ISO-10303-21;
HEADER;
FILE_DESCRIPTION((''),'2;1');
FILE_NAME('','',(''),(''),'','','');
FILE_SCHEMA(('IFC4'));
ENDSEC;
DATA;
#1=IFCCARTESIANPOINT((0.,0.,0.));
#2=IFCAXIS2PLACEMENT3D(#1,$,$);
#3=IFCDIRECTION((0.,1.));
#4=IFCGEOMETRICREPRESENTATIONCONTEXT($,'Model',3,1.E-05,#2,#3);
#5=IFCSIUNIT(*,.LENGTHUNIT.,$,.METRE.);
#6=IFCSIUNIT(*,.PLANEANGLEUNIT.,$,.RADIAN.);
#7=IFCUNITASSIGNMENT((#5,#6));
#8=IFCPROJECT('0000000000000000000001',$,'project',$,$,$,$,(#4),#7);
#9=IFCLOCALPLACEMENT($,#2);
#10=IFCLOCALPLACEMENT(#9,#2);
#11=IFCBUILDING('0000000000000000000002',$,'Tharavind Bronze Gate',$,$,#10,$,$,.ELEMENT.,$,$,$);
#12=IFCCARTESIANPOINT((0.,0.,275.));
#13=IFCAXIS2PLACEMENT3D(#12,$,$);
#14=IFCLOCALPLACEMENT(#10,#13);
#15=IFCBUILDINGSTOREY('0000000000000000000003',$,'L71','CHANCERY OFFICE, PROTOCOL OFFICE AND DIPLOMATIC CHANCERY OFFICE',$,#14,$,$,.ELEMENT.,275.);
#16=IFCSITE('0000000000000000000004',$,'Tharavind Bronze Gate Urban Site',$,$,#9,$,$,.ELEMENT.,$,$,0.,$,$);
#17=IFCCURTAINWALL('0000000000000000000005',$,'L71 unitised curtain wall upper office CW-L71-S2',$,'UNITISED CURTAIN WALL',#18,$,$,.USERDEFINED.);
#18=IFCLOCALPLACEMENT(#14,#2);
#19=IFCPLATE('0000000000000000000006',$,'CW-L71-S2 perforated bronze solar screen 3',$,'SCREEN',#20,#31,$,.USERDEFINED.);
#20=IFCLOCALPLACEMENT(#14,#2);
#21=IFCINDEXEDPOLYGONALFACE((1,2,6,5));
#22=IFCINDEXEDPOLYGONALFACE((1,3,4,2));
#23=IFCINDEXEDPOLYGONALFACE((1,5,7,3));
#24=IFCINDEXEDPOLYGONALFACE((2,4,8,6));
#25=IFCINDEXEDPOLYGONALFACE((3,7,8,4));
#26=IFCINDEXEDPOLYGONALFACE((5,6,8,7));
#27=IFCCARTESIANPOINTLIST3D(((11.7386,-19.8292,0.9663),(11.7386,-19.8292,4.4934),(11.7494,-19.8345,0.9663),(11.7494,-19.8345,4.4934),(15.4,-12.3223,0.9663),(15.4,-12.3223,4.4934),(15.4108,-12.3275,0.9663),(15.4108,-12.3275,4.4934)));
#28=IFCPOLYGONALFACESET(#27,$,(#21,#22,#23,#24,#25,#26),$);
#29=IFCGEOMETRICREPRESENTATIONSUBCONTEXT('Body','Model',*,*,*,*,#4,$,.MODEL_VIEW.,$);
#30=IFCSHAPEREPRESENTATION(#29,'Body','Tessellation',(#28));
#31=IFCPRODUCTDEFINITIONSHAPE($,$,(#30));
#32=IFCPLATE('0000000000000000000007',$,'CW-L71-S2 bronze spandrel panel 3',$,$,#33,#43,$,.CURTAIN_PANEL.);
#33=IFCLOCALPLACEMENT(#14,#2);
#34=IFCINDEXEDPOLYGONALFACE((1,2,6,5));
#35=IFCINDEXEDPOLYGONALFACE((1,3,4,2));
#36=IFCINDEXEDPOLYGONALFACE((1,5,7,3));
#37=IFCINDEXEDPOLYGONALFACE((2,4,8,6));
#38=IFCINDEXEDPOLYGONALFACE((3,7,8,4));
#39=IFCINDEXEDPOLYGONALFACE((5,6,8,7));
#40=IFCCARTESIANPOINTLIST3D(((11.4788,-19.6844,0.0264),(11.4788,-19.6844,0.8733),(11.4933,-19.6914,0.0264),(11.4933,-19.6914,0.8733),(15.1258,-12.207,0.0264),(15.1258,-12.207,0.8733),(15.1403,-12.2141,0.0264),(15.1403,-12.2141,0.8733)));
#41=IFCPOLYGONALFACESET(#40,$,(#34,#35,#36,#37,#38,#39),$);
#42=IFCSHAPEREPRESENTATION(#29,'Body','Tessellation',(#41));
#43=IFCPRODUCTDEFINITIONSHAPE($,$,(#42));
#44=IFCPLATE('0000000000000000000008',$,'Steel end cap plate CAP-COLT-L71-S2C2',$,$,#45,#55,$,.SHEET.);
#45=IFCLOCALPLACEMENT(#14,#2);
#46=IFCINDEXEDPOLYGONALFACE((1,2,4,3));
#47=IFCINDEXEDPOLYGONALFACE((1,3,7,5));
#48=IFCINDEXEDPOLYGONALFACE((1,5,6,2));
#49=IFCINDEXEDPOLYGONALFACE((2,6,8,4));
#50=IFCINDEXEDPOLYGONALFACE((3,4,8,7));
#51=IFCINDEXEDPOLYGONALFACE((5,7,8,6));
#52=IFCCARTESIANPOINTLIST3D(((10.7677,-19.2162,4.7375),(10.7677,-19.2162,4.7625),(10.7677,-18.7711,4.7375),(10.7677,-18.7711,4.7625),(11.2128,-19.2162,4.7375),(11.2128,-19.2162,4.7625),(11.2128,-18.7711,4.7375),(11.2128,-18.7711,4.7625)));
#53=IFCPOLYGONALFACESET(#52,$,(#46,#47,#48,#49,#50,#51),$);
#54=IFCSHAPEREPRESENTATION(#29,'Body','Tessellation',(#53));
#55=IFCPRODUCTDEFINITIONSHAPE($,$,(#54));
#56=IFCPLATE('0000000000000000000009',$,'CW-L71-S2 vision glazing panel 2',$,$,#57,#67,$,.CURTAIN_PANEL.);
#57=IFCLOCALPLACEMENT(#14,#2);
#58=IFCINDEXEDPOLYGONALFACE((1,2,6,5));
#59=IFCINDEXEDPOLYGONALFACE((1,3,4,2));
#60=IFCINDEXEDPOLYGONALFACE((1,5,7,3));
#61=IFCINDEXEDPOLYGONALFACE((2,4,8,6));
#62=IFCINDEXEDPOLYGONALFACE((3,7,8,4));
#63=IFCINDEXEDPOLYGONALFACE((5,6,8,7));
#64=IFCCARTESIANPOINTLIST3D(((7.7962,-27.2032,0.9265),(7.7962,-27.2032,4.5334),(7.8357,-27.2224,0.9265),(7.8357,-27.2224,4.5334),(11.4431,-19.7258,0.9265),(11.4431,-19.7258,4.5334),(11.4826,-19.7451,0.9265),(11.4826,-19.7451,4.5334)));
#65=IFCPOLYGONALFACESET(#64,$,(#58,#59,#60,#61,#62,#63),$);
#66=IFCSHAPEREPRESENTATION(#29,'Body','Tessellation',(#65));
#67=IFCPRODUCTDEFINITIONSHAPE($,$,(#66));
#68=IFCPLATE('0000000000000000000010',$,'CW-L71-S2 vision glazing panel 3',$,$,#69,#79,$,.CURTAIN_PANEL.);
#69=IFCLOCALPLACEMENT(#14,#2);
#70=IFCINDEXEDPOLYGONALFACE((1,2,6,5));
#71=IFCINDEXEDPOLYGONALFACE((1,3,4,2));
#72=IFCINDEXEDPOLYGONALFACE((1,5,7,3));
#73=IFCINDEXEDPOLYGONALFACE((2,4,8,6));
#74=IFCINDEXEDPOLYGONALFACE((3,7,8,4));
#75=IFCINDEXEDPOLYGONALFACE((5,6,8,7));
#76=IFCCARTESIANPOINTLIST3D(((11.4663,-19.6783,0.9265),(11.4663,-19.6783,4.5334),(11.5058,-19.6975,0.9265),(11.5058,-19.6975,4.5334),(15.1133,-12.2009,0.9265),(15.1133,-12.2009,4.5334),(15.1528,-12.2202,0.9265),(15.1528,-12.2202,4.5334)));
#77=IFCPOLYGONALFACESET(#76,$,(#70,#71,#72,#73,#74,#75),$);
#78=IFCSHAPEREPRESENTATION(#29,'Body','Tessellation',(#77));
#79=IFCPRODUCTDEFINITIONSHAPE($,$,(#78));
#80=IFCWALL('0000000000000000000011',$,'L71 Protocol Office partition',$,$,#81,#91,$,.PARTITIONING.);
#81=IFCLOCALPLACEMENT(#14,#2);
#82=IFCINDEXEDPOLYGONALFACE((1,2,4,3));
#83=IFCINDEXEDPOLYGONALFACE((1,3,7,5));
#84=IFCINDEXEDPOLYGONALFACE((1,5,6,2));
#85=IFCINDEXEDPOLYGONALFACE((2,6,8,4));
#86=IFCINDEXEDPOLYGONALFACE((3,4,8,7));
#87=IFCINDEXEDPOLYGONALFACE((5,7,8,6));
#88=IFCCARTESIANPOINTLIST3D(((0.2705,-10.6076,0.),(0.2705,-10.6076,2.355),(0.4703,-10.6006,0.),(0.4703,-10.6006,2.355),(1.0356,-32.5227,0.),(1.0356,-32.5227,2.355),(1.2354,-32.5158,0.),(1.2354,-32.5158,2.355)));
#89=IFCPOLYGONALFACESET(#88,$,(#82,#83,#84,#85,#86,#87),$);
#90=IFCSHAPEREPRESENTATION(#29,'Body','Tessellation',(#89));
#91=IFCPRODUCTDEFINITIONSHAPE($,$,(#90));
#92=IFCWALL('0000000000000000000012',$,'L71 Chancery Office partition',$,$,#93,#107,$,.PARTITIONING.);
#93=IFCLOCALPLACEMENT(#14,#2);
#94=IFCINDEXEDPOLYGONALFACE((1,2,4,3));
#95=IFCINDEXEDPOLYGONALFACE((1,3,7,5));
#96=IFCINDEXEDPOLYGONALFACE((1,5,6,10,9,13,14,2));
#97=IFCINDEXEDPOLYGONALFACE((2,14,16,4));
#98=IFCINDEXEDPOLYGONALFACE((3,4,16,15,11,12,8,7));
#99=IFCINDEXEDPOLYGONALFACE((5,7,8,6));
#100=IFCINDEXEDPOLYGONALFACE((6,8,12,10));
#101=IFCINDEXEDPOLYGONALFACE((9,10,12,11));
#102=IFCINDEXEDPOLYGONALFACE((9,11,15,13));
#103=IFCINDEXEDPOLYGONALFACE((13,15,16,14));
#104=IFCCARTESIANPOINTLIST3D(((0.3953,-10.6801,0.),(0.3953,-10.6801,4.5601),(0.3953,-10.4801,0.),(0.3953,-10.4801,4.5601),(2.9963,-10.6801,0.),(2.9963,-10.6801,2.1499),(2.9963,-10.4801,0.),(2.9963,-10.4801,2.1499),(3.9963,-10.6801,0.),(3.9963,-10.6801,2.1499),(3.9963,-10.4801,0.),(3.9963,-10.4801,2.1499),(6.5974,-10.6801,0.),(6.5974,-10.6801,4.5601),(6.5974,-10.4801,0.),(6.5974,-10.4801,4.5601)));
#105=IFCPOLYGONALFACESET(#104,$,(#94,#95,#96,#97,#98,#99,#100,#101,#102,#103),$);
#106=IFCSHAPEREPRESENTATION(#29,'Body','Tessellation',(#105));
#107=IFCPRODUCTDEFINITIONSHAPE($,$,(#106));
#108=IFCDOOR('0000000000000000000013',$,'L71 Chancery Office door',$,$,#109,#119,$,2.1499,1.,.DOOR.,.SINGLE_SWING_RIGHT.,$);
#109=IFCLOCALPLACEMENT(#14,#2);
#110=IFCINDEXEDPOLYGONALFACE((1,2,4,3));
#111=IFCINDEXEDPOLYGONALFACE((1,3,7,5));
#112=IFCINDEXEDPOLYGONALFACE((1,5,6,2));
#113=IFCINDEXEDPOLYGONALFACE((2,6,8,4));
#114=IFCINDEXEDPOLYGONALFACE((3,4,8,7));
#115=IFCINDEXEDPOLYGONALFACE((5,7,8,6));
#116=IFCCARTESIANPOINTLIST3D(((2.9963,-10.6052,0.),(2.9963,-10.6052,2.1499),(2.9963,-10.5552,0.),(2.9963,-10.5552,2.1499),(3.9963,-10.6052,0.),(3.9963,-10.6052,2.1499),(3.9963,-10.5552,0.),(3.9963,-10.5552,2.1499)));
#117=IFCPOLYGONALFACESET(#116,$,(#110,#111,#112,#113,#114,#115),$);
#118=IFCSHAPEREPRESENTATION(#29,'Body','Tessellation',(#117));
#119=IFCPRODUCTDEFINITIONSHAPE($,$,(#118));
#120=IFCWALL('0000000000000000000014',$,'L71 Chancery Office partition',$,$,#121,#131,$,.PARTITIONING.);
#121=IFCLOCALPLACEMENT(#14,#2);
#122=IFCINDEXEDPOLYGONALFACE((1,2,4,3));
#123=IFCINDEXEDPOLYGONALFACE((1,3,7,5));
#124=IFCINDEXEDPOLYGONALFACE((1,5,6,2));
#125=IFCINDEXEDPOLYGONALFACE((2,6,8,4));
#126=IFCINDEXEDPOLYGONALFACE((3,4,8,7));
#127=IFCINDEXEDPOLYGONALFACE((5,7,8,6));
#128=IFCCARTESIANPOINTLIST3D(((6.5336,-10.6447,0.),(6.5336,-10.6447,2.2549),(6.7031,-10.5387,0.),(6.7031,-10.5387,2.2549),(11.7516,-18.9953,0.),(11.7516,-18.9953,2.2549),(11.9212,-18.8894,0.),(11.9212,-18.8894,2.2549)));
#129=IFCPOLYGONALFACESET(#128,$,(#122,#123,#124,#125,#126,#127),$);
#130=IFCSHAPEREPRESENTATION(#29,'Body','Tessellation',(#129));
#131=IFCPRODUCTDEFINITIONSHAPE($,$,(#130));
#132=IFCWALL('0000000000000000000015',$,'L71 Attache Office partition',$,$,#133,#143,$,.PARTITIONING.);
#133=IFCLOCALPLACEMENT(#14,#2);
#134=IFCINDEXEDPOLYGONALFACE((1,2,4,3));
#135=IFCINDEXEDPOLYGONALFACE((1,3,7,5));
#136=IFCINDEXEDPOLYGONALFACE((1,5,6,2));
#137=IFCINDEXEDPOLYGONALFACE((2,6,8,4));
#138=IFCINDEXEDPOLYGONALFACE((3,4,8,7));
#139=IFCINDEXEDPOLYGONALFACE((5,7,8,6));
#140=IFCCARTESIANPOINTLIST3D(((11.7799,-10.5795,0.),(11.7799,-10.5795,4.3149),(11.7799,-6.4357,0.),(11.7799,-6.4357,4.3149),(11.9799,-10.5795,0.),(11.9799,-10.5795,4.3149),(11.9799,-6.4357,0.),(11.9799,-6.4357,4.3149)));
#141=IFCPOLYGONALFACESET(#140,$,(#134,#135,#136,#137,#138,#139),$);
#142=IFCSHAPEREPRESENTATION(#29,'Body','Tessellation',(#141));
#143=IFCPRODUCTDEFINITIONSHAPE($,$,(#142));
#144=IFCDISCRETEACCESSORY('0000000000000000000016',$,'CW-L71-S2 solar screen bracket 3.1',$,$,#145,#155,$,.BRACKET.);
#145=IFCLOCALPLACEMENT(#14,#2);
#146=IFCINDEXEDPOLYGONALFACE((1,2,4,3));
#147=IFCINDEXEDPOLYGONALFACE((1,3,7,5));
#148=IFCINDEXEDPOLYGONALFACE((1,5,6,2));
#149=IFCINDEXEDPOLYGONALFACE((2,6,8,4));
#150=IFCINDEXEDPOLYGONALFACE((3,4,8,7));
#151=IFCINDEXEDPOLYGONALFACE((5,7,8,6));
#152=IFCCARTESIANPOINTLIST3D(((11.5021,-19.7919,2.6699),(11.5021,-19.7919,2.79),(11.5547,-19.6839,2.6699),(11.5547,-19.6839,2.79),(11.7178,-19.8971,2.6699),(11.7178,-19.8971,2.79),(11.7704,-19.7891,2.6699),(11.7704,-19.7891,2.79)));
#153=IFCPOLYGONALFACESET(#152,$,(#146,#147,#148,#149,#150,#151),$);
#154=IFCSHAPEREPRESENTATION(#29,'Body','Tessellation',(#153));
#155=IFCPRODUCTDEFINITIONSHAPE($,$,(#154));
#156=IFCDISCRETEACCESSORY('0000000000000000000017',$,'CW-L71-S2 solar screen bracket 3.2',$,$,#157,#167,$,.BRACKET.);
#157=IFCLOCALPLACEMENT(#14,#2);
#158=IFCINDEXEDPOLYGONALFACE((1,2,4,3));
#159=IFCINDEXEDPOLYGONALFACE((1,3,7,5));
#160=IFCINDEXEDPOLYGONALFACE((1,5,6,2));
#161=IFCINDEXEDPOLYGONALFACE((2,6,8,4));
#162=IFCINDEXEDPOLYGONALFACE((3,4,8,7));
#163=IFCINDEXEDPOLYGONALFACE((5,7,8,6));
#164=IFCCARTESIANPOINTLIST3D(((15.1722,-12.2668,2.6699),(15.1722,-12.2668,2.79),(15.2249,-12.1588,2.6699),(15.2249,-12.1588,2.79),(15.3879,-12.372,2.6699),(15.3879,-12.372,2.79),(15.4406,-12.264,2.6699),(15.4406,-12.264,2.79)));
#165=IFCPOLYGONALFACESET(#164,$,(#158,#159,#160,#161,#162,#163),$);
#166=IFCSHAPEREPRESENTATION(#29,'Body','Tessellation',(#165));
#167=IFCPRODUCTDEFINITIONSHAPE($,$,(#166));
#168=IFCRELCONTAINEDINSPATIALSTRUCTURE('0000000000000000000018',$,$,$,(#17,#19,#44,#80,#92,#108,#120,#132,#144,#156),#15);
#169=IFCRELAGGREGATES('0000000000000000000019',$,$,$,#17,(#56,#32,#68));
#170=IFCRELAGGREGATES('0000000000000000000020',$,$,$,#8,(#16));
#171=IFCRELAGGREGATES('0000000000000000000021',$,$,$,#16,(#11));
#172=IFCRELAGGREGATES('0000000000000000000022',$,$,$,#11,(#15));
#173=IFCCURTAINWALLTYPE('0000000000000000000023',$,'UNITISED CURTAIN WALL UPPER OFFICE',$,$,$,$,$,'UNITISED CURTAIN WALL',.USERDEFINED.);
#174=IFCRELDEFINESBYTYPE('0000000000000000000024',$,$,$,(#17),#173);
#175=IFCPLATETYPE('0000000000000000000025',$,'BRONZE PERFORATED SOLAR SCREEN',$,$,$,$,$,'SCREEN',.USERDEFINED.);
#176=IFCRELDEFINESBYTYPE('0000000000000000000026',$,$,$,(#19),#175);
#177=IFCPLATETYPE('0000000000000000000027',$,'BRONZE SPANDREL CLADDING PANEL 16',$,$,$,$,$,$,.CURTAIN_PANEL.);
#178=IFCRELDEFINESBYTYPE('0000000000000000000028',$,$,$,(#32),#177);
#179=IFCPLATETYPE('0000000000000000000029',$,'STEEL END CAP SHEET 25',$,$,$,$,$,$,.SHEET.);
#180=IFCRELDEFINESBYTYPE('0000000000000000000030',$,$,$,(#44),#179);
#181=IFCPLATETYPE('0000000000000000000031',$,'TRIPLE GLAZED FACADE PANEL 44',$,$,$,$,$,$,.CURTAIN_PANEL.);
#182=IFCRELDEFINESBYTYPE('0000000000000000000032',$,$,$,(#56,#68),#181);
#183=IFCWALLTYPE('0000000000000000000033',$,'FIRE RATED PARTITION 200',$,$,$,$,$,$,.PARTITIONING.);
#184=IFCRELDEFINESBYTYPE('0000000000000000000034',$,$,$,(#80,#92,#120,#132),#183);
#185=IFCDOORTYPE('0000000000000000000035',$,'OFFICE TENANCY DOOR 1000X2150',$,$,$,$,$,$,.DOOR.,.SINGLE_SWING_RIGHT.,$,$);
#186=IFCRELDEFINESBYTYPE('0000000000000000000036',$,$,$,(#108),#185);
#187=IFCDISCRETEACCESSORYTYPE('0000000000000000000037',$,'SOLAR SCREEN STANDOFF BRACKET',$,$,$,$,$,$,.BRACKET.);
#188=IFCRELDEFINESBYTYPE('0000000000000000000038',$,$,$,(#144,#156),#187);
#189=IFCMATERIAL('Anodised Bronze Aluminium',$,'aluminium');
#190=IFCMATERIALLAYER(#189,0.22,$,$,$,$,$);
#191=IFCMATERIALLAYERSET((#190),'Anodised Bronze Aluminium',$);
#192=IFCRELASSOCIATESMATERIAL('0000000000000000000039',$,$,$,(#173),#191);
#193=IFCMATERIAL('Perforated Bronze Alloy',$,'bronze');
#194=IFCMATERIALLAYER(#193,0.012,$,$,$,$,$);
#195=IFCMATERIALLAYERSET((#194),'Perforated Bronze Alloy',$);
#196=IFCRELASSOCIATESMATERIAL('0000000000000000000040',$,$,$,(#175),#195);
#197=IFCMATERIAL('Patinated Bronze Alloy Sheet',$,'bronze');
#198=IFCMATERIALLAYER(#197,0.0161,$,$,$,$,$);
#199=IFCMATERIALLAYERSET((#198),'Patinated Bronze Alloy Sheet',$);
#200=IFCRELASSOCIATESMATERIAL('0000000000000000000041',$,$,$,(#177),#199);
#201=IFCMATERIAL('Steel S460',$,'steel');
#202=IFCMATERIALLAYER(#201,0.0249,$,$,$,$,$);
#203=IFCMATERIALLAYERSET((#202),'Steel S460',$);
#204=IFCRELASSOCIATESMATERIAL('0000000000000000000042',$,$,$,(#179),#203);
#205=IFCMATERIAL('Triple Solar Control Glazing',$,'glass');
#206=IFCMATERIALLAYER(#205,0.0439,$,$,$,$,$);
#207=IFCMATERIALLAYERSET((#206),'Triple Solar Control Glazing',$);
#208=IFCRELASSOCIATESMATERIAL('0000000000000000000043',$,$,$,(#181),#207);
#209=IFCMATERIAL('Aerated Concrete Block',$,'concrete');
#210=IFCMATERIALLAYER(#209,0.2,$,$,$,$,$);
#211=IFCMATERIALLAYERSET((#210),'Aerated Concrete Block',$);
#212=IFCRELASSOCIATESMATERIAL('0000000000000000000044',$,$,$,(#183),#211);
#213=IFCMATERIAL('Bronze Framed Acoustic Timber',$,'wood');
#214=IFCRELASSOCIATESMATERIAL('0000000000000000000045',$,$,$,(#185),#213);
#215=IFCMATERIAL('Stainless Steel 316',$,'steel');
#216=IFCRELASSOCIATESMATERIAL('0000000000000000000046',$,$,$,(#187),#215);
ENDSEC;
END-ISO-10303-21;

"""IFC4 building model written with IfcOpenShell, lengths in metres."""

from ifc_helpers import new_model, si_unit, direction, frame, frame_2d, origin, origin_2d, place, context, subcontext, project, spatial, rectangle, extrude, material, layer, layer_set, type_object, element, fill, aggregate, save


model = new_model("IFC4")

# Units and contexts
model_context = context("Model", 3, precision=1e-05, world=origin(), true_north=direction((0.0, 1.0)))
body_context = subcontext(model_context, "Body", "Model", "MODEL_VIEW")
ifc_project = project(units=[si_unit("LENGTHUNIT", "METRE"), si_unit("PLANEANGLEUNIT", "RADIAN")], contexts=[model_context])

# Site, building, storey
site_placement = place(None, origin())
site = spatial("IfcSite", under=ifc_project, at=site_placement, Name="Tharavind Bronze Gate Urban Site", CompositionType="ELEMENT", RefElevation=0.0)
building_placement = place(site_placement, origin())
building = spatial("IfcBuilding", under=site, at=building_placement, Name="Tharavind Bronze Gate", CompositionType="ELEMENT")
storey_placement = place(building_placement, frame((0.0, 0.0, 275.0)))
storey = spatial("IfcBuildingStorey", under=building, at=storey_placement, Name="L71", Description="CHANCERY OFFICE, PROTOCOL OFFICE AND DIPLOMATIC CHANCERY OFFICE", CompositionType="ELEMENT", Elevation=275.0)

# Shared definitions
ifc_material_1 = material(Name="Steel S460", Category="steel")

# Curtain wall
ifc_material_2 = material(Name="Anodised Bronze Aluminium", Category="aluminium")
ifc_layer_1 = layer(ifc_material_2, 0.22)
ifc_layer_set_1 = layer_set([ifc_layer_1], Name="Anodised Bronze Aluminium")
curtain_wall_type = type_object("IfcCurtainWallType", Name="UNITISED CURTAIN WALL UPPER OFFICE", ElementType="UNITISED CURTAIN WALL", PredefinedType="USERDEFINED", material=ifc_layer_set_1)
curtain_wall_placement = place(storey_placement, origin())
curtain_wall = element("IfcCurtainWall", 1, at=curtain_wall_placement, inside=storey, type_object=curtain_wall_type, Name="L71 unitised curtain wall upper office CW-L71-S2", ObjectType="UNITISED CURTAIN WALL", PredefinedType="USERDEFINED")

# Plates
ifc_material_3 = material(Name="Perforated Bronze Alloy", Category="bronze")
ifc_layer_2 = layer(ifc_material_3, 0.012)
ifc_layer_set_2 = layer_set([ifc_layer_2], Name="Perforated Bronze Alloy")
plate_type_1 = type_object("IfcPlateType", Name="BRONZE PERFORATED SOLAR SCREEN", ElementType="SCREEN", PredefinedType="USERDEFINED", material=ifc_layer_set_2)
plate_1_placement = place(storey_placement, frame((13.5747, -16.0784, 0.9663), z_axis=(0.0, 0.0, 1.0), x_axis=(0.438373, 0.898793, 0.0)))
element("IfcPlate", 2, at=plate_1_placement, inside=storey, type_object=plate_type_1, Name="CW-L71-S2 perforated bronze solar screen 3", ObjectType="SCREEN", PredefinedType="USERDEFINED", context=body_context, shape_type="SweptSolid", body=[
    extrude(rectangle(XDim=8.3523, YDim=0.012, at=origin_2d()), origin(), (0.0, 0.0, 1.0), 3.5271),
])
ifc_material_4 = material(Name="Patinated Bronze Alloy Sheet", Category="bronze")
ifc_layer_3 = layer(ifc_material_4, 0.0161)
ifc_layer_set_3 = layer_set([ifc_layer_3], Name="Patinated Bronze Alloy Sheet")
plate_type_2 = type_object("IfcPlateType", Name="BRONZE SPANDREL CLADDING PANEL 16", PredefinedType="CURTAIN_PANEL", material=ifc_layer_set_3)
plate_2_placement = place(storey_placement, frame((13.3096, -15.9492, 0.0264), z_axis=(0.0, 0.0, 1.0), x_axis=(0.438373, 0.898793, 0.0)))
plate_2 = element("IfcPlate", 3, at=plate_2_placement, type_object=plate_type_2, Name="CW-L71-S2 bronze spandrel panel 3", PredefinedType="CURTAIN_PANEL", context=body_context, shape_type="SweptSolid", body=[
    extrude(rectangle(XDim=8.3193, YDim=0.0161, at=origin_2d()), origin(), (0.0, 0.0, 1.0), 0.8469),
])
ifc_layer_4 = layer(ifc_material_1, 0.0249)
ifc_layer_set_4 = layer_set([ifc_layer_4], Name="Steel S460")
plate_type_3 = type_object("IfcPlateType", Name="STEEL END CAP SHEET 25", PredefinedType="SHEET", material=ifc_layer_set_4)
plate_3_placement = place(storey_placement, frame((10.9902, -18.9937, 4.7375), z_axis=(0.0, 0.0, 1.0), x_axis=(1.0, 0.0, 0.0)))
element("IfcPlate", 4, at=plate_3_placement, inside=storey, type_object=plate_type_3, Name="Steel end cap plate CAP-COLT-L71-S2C2", PredefinedType="SHEET", context=body_context, shape_type="SweptSolid", body=[
    extrude(rectangle(XDim=0.4451, YDim=0.4451, at=origin_2d()), origin(), (0.0, 0.0, 1.0), 0.0249),
])
ifc_material_5 = material(Name="Triple Solar Control Glazing", Category="glass")
ifc_layer_5 = layer(ifc_material_5, 0.0439)
ifc_layer_set_5 = layer_set([ifc_layer_5], Name="Triple Solar Control Glazing")
plate_type_4 = type_object("IfcPlateType", Name="TRIPLE GLAZED FACADE PANEL 44", PredefinedType="CURTAIN_PANEL", material=ifc_layer_set_5)
plate_4_placement = place(storey_placement, frame((9.6394, -23.4741, 0.9265), z_axis=(0.0, 0.0, 1.0), x_axis=(0.438373, 0.898793, 0.0)))
plate_4 = element("IfcPlate", 5, at=plate_4_placement, type_object=plate_type_4, Name="CW-L71-S2 vision glazing panel 2", PredefinedType="CURTAIN_PANEL", context=body_context, shape_type="SweptSolid", body=[
    extrude(rectangle(XDim=8.3193, YDim=0.0439, at=origin_2d()), origin(), (0.0, 0.0, 1.0), 3.6069),
])
plate_5_placement = place(storey_placement, frame((13.3096, -15.9492, 0.9265), z_axis=(0.0, 0.0, 1.0), x_axis=(0.438373, 0.898793, 0.0)))
plate_5 = element("IfcPlate", 6, at=plate_5_placement, type_object=plate_type_4, Name="CW-L71-S2 vision glazing panel 3", PredefinedType="CURTAIN_PANEL", context=body_context, shape_type="SweptSolid", body=[
    extrude(rectangle(XDim=8.3193, YDim=0.0439, at=origin_2d()), origin(), (0.0, 0.0, 1.0), 3.6069),
])
aggregate(curtain_wall, [plate_4, plate_2, plate_5])

# Wall
ifc_material_6 = material(Name="Aerated Concrete Block", Category="concrete")
ifc_layer_6 = layer(ifc_material_6, 0.2)
ifc_layer_set_6 = layer_set([ifc_layer_6], Name="Aerated Concrete Block")
wall_type = type_object("IfcWallType", Name="FIRE RATED PARTITION 200", PredefinedType="PARTITIONING", material=ifc_layer_set_6)
wall_1_placement = place(storey_placement, frame((0.3704, -10.604, 0.0), z_axis=(0.0, 0.0, 1.0), x_axis=(0.034893, -0.999391, 0.0)))
element("IfcWall", 7, at=wall_1_placement, inside=storey, type_object=wall_type, Name="L71 Protocol Office partition", PredefinedType="PARTITIONING", context=body_context, shape_type="SweptSolid", body=[
    extrude(rectangle(XDim=21.9285, YDim=0.2, at=frame_2d((10.9644, 0.0))), origin(), (0.0, 0.0, 1.0), 2.355),
])

# Wall, opening, door
wall_2_placement = place(storey_placement, frame((0.3953, -10.5801, 0.0), z_axis=(0.0, 0.0, 1.0), x_axis=(1.0, 0.0, 0.0)))
wall_2 = element("IfcWall", 8, at=wall_2_placement, inside=storey, type_object=wall_type, Name="L71 Chancery Office partition", PredefinedType="PARTITIONING", context=body_context, shape_type="SweptSolid", body=[
    extrude(rectangle(XDim=6.2021, YDim=0.2, at=frame_2d((3.1011, 0.0))), origin(), (0.0, 0.0, 1.0), 4.5601),
])
opening_1_placement = place(wall_2_placement, frame((2.6011, 0.0, 0.0)))
opening_1 = element("IfcOpeningElement", 9, at=opening_1_placement, cuts=wall_2, PredefinedType="OPENING", context=body_context, shape_type="SweptSolid", body=[
    extrude(rectangle(XDim=1.0, YDim=2.1499, at=frame_2d((0.5, 1.075))), frame((0.0, 0.1101, 0.0), z_axis=(0.0, -1.0, 0.0), x_axis=(1.0, 0.0, 0.0)), (0.0, 0.0, 1.0), 0.22),
])
ifc_material_7 = material(Name="Bronze Framed Acoustic Timber", Category="wood")
door_type = type_object("IfcDoorType", Name="OFFICE TENANCY DOOR 1000X2150", OperationType="SINGLE_SWING_RIGHT", PredefinedType="DOOR", material=ifc_material_7)
door_1_placement = place(opening_1_placement, origin())
door_1 = element("IfcDoor", 10, at=door_1_placement, inside=storey, type_object=door_type, Name="L71 Chancery Office door", OperationType="SINGLE_SWING_RIGHT", OverallHeight=2.1499, OverallWidth=1.0, PredefinedType="DOOR", context=body_context, shape_type="SweptSolid", body=[
    extrude(rectangle(XDim=1.0, YDim=2.1499, at=frame_2d((0.5, 1.075))), frame((0.0, 0.0249, 0.0), z_axis=(0.0, -1.0, 0.0), x_axis=(1.0, 0.0, 0.0)), (0.0, 0.0, 1.0), 0.05),
])
fill(opening_1, door_1)

# Wall
wall_3_placement = place(storey_placement, frame((6.6184, -10.5918, 0.0), z_axis=(0.0, 0.0, 1.0), x_axis=(0.529919, -0.848048, 0.0)))
element("IfcWall", 11, at=wall_3_placement, inside=storey, type_object=wall_type, Name="L71 Chancery Office partition", PredefinedType="PARTITIONING", context=body_context, shape_type="SweptSolid", body=[
    extrude(rectangle(XDim=9.8469, YDim=0.2, at=frame_2d((4.9233, 0.0))), origin(), (0.0, 0.0, 1.0), 2.2549),
])

# Wall
wall_4_placement = place(storey_placement, frame((11.8799, -10.5793, 0.0), z_axis=(0.0, 0.0, 1.0), x_axis=(0.0, 1.0, 0.0)))
element("IfcWall", 12, at=wall_4_placement, inside=storey, type_object=wall_type, Name="L71 Attache Office partition", PredefinedType="PARTITIONING", context=body_context, shape_type="SweptSolid", body=[
    extrude(rectangle(XDim=4.1438, YDim=0.2, at=frame_2d((2.0718, 0.0))), origin(), (0.0, 0.0, 1.0), 4.3149),
])

# Discrete accessories
ifc_material_8 = material(Name="Stainless Steel 316", Category="steel")
discrete_accessory_type = type_object("IfcDiscreteAccessoryType", Name="SOLAR SCREEN STANDOFF BRACKET", PredefinedType="BRACKET", material=ifc_material_8)
for number, where, z_axis, x_axis, name in (
    (13, (11.6362, -19.7905, 2.6699), (0.0, 0.0, 1.0), (0.438373, 0.898793, 0.0), "CW-L71-S2 solar screen bracket 3.1"),
    (14, (15.3064, -12.2654, 2.6699), (0.0, 0.0, 1.0), (0.438373, 0.898793, 0.0), "CW-L71-S2 solar screen bracket 3.2"),
):
    element("IfcDiscreteAccessory", number, at=place(storey_placement, frame(where, z_axis=z_axis, x_axis=x_axis)), inside=storey, type_object=discrete_accessory_type, Name=name, PredefinedType="BRACKET", context=body_context, shape_type="SweptSolid", body=[
        extrude(rectangle(XDim=0.1201, YDim=0.24, at=origin_2d()), origin(), (0.0, 0.0, 1.0), 0.1201),
    ])

save(model, "model.ifc")
